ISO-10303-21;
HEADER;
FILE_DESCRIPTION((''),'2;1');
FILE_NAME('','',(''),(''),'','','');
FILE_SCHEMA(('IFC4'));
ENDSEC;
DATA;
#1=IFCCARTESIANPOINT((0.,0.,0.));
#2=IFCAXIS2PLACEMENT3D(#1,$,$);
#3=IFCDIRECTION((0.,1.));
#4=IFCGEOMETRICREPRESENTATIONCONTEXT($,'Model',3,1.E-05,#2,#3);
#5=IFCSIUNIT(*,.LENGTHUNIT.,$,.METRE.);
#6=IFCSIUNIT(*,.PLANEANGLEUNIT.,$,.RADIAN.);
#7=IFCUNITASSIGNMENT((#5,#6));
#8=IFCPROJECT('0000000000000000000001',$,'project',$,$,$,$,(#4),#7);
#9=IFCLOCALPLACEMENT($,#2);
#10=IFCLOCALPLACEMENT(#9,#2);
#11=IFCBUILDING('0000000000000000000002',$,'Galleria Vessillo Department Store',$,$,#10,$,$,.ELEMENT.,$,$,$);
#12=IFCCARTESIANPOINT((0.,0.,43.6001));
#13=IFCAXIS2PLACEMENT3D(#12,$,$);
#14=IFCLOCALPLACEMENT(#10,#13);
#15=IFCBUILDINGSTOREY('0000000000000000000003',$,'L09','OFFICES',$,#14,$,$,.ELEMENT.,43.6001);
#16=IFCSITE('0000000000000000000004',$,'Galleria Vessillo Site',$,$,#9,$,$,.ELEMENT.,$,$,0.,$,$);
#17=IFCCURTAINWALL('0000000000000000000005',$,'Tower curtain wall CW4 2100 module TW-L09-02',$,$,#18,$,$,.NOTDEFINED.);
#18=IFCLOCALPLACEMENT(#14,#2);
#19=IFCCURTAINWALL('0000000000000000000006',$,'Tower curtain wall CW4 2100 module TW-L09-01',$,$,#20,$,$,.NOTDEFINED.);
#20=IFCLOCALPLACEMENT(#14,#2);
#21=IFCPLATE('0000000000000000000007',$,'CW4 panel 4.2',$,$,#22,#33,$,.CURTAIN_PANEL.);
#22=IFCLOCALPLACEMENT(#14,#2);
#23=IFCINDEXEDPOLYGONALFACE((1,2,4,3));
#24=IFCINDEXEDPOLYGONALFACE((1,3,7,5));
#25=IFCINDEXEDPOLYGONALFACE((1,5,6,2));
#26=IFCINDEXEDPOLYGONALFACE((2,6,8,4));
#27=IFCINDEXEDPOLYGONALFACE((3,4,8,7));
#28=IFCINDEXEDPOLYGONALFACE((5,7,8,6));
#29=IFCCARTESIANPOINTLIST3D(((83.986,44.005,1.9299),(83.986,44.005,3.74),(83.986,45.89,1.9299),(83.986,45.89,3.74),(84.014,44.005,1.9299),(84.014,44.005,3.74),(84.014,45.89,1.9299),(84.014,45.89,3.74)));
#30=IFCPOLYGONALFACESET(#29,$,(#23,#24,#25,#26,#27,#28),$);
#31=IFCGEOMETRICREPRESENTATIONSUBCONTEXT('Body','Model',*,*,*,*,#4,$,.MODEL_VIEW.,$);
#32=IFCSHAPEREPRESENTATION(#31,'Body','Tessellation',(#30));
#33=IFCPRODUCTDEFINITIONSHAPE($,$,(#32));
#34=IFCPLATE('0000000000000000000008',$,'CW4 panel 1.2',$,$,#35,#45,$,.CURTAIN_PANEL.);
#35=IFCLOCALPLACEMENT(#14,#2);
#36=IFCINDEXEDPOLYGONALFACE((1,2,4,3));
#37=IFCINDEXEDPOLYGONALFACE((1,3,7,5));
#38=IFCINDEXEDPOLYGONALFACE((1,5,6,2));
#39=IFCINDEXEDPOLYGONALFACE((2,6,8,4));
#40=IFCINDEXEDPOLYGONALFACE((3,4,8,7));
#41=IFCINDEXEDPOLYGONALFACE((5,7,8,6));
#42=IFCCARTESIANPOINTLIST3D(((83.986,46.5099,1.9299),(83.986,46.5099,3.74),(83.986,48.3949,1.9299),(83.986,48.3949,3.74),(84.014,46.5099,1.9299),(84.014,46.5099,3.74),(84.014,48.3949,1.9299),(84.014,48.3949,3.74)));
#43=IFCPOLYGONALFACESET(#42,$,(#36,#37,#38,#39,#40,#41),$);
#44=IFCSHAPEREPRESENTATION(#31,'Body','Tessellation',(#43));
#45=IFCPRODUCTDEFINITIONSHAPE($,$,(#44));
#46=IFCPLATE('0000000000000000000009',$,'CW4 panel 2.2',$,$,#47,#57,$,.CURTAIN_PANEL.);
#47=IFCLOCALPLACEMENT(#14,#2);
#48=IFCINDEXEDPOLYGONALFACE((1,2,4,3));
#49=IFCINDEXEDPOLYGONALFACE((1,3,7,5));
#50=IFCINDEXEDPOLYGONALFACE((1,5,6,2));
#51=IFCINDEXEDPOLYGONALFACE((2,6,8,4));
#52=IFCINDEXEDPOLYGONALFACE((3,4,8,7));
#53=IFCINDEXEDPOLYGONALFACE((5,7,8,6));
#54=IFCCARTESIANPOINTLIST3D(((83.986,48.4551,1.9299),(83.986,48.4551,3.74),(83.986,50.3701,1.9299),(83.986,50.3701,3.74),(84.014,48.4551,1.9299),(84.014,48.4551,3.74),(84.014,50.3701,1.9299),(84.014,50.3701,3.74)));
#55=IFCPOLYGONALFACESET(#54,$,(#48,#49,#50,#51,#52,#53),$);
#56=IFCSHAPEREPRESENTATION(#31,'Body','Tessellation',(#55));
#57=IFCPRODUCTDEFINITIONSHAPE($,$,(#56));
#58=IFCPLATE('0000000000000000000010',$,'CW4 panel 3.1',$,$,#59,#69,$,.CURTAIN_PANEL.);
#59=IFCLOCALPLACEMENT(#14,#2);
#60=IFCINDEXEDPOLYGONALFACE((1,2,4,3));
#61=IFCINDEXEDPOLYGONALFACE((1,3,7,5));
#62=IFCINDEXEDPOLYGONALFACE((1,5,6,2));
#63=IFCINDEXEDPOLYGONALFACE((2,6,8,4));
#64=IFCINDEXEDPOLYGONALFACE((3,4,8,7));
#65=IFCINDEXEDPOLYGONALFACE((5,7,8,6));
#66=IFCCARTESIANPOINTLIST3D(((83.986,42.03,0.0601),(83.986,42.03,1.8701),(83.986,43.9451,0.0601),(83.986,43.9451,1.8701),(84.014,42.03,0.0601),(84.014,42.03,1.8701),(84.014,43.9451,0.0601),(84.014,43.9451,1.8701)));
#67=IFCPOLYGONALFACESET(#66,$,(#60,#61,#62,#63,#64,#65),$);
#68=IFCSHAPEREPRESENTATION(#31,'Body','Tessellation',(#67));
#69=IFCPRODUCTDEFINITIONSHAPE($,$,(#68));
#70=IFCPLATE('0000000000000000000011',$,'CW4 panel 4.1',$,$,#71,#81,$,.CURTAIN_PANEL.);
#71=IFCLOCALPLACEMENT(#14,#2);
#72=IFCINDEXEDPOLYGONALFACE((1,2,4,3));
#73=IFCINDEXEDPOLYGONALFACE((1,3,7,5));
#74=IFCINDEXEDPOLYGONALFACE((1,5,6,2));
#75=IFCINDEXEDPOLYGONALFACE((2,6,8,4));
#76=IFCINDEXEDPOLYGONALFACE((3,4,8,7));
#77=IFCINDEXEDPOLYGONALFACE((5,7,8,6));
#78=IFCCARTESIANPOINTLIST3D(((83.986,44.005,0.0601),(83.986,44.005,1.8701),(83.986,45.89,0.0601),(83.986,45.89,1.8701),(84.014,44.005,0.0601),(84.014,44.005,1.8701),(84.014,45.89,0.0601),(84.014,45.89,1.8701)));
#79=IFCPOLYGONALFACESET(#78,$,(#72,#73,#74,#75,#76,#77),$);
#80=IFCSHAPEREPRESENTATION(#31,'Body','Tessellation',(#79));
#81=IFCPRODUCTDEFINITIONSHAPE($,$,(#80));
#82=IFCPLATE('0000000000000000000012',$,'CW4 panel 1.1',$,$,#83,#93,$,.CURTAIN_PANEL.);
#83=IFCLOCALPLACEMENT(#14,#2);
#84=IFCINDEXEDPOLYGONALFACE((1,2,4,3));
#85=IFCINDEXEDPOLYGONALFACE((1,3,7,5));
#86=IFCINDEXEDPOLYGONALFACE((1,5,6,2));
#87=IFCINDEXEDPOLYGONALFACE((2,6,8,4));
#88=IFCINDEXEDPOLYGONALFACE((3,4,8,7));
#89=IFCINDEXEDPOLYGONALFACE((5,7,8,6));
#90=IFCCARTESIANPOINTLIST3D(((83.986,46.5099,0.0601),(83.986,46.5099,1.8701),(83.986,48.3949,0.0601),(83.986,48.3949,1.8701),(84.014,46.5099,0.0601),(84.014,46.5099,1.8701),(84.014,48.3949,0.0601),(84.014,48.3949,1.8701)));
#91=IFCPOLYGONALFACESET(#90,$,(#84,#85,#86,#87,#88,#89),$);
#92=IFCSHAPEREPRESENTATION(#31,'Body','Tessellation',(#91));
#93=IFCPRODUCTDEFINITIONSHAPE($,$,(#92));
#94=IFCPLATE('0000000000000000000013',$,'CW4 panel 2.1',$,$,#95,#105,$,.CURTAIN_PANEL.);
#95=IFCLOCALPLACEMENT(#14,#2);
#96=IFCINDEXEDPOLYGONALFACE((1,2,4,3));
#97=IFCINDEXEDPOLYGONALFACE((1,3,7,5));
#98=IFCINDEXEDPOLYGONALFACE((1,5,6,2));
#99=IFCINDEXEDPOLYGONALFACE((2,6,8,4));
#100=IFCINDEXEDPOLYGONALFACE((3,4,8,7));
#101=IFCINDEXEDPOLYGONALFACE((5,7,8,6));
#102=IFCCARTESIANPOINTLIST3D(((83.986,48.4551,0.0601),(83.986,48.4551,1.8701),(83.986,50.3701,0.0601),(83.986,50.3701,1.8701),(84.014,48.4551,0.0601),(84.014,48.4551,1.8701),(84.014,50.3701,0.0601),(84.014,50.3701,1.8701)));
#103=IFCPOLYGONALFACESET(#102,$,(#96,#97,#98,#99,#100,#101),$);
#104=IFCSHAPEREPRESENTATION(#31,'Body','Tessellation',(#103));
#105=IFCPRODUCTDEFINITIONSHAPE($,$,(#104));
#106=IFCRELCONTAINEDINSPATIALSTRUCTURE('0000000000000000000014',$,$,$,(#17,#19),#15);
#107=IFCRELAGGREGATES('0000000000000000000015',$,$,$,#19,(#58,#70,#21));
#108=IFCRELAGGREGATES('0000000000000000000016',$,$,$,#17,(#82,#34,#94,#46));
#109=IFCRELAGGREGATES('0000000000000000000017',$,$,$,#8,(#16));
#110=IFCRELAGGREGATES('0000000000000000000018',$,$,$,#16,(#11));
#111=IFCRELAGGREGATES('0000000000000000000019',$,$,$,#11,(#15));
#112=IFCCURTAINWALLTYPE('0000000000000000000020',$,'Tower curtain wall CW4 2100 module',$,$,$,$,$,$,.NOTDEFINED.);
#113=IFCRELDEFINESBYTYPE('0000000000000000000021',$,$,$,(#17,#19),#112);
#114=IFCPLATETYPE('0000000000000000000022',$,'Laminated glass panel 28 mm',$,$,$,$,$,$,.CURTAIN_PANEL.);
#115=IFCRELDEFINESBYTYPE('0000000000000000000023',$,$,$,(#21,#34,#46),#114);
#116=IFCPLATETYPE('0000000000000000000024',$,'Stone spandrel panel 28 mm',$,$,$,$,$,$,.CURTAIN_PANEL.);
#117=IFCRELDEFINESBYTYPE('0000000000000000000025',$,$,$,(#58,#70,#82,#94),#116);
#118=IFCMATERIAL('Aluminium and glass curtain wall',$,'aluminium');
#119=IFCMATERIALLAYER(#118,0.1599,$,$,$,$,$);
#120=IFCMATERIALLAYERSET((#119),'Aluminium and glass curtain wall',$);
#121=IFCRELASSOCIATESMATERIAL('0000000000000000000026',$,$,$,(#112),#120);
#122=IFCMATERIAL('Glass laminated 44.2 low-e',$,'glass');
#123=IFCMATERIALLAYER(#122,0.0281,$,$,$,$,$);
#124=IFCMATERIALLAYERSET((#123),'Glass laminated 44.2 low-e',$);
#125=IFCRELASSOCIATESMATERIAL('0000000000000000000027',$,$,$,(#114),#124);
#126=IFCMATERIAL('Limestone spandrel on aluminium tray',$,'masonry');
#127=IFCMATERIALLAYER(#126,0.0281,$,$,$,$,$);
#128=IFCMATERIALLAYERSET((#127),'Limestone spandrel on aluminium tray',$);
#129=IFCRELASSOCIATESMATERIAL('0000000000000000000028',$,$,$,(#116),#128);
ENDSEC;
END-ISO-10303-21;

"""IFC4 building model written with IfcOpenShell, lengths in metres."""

from ifc_helpers import new_model, si_unit, direction, frame, origin, origin_2d, place, context, subcontext, project, spatial, rectangle, extrude, material, layer, layer_set, type_object, element, aggregate, save


model = new_model("IFC4")

# Units and contexts
model_context = context("Model", 3, precision=1e-05, world=origin(), true_north=direction((0.0, 1.0)))
body_context = subcontext(model_context, "Body", "Model", "MODEL_VIEW")
ifc_project = project(units=[si_unit("LENGTHUNIT", "METRE"), si_unit("PLANEANGLEUNIT", "RADIAN")], contexts=[model_context])

# Site, building, storey
site_placement = place(None, origin())
site = spatial("IfcSite", under=ifc_project, at=site_placement, Name="Galleria Vessillo Site", CompositionType="ELEMENT", RefElevation=0.0)
building_placement = place(site_placement, origin())
building = spatial("IfcBuilding", under=site, at=building_placement, Name="Galleria Vessillo Department Store", CompositionType="ELEMENT")
storey_placement = place(building_placement, frame((0.0, 0.0, 43.6001)))
storey = spatial("IfcBuildingStorey", under=building, at=storey_placement, Name="L09", Description="OFFICES", CompositionType="ELEMENT", Elevation=43.6001)

# Curtain walls
ifc_material_1 = material(Name="Aluminium and glass curtain wall", Category="aluminium")
ifc_layer_1 = layer(ifc_material_1, 0.1599)
ifc_layer_set_1 = layer_set([ifc_layer_1], Name="Aluminium and glass curtain wall")
curtain_wall_type = type_object("IfcCurtainWallType", Name="Tower curtain wall CW4 2100 module", PredefinedType="NOTDEFINED", material=ifc_layer_set_1)
curtain_wall_1_placement = place(storey_placement, origin())
curtain_wall_1 = element("IfcCurtainWall", 1, at=curtain_wall_1_placement, inside=storey, type_object=curtain_wall_type, Name="Tower curtain wall CW4 2100 module TW-L09-02", PredefinedType="NOTDEFINED")
curtain_wall_2_placement = place(storey_placement, origin())
curtain_wall_2 = element("IfcCurtainWall", 2, at=curtain_wall_2_placement, inside=storey, type_object=curtain_wall_type, Name="Tower curtain wall CW4 2100 module TW-L09-01", PredefinedType="NOTDEFINED")

# Plates
ifc_material_2 = material(Name="Glass laminated 44.2 low-e", Category="glass")
ifc_layer_2 = layer(ifc_material_2, 0.0281)
ifc_layer_set_2 = layer_set([ifc_layer_2], Name="Glass laminated 44.2 low-e")
plate_type_1 = type_object("IfcPlateType", Name="Laminated glass panel 28 mm", PredefinedType="CURTAIN_PANEL", material=ifc_layer_set_2)
plate_1_placement = place(storey_placement, frame((84.0, 44.9475, 1.9299), z_axis=(0.0, 0.0, 1.0), x_axis=(0.0, 1.0, 0.0)))
plate_1 = element("IfcPlate", 3, at=plate_1_placement, type_object=plate_type_1, Name="CW4 panel 4.2", PredefinedType="CURTAIN_PANEL", context=body_context, shape_type="SweptSolid", body=[
    extrude(rectangle(XDim=1.885, YDim=0.0281, at=origin_2d()), origin(), (0.0, 0.0, 1.0), 1.8101),
])
plate_2_placement = place(storey_placement, frame((84.0, 47.4524, 1.9299), z_axis=(0.0, 0.0, 1.0), x_axis=(0.0, 1.0, 0.0)))
plate_2 = element("IfcPlate", 4, at=plate_2_placement, type_object=plate_type_1, Name="CW4 panel 1.2", PredefinedType="CURTAIN_PANEL", context=body_context, shape_type="SweptSolid", body=[
    extrude(rectangle(XDim=1.885, YDim=0.0281, at=origin_2d()), origin(), (0.0, 0.0, 1.0), 1.8101),
])
plate_3_placement = place(storey_placement, frame((84.0, 49.4126, 1.9299), z_axis=(0.0, 0.0, 1.0), x_axis=(0.0, 1.0, 0.0)))
plate_3 = element("IfcPlate", 5, at=plate_3_placement, type_object=plate_type_1, Name="CW4 panel 2.2", PredefinedType="CURTAIN_PANEL", context=body_context, shape_type="SweptSolid", body=[
    extrude(rectangle(XDim=1.915, YDim=0.0281, at=origin_2d()), origin(), (0.0, 0.0, 1.0), 1.8101),
])
ifc_material_3 = material(Name="Limestone spandrel on aluminium tray", Category="masonry")
ifc_layer_3 = layer(ifc_material_3, 0.0281)
ifc_layer_set_3 = layer_set([ifc_layer_3], Name="Limestone spandrel on aluminium tray")
plate_type_2 = type_object("IfcPlateType", Name="Stone spandrel panel 28 mm", PredefinedType="CURTAIN_PANEL", material=ifc_layer_set_3)
plate_4_placement = place(storey_placement, frame((84.0, 42.9875, 0.0601), z_axis=(0.0, 0.0, 1.0), x_axis=(0.0, 1.0, 0.0)))
plate_4 = element("IfcPlate", 6, at=plate_4_placement, type_object=plate_type_2, Name="CW4 panel 3.1", PredefinedType="CURTAIN_PANEL", context=body_context, shape_type="SweptSolid", body=[
    extrude(rectangle(XDim=1.915, YDim=0.0281, at=origin_2d()), origin(), (0.0, 0.0, 1.0), 1.8101),
])
plate_5_placement = place(storey_placement, frame((84.0, 44.9475, 0.0601), z_axis=(0.0, 0.0, 1.0), x_axis=(0.0, 1.0, 0.0)))
plate_5 = element("IfcPlate", 7, at=plate_5_placement, type_object=plate_type_2, Name="CW4 panel 4.1", PredefinedType="CURTAIN_PANEL", context=body_context, shape_type="SweptSolid", body=[
    extrude(rectangle(XDim=1.885, YDim=0.0281, at=origin_2d()), origin(), (0.0, 0.0, 1.0), 1.8101),
])
aggregate(curtain_wall_2, [plate_4, plate_5, plate_1])
plate_6_placement = place(storey_placement, frame((84.0, 47.4524, 0.0601), z_axis=(0.0, 0.0, 1.0), x_axis=(0.0, 1.0, 0.0)))
plate_6 = element("IfcPlate", 8, at=plate_6_placement, type_object=plate_type_2, Name="CW4 panel 1.1", PredefinedType="CURTAIN_PANEL", context=body_context, shape_type="SweptSolid", body=[
    extrude(rectangle(XDim=1.885, YDim=0.0281, at=origin_2d()), origin(), (0.0, 0.0, 1.0), 1.8101),
])
plate_7_placement = place(storey_placement, frame((84.0, 49.4126, 0.0601), z_axis=(0.0, 0.0, 1.0), x_axis=(0.0, 1.0, 0.0)))
plate_7 = element("IfcPlate", 9, at=plate_7_placement, type_object=plate_type_2, Name="CW4 panel 2.1", PredefinedType="CURTAIN_PANEL", context=body_context, shape_type="SweptSolid", body=[
    extrude(rectangle(XDim=1.915, YDim=0.0281, at=origin_2d()), origin(), (0.0, 0.0, 1.0), 1.8101),
])
aggregate(curtain_wall_1, [plate_6, plate_2, plate_7, plate_3])

save(model, "model.ifc")
